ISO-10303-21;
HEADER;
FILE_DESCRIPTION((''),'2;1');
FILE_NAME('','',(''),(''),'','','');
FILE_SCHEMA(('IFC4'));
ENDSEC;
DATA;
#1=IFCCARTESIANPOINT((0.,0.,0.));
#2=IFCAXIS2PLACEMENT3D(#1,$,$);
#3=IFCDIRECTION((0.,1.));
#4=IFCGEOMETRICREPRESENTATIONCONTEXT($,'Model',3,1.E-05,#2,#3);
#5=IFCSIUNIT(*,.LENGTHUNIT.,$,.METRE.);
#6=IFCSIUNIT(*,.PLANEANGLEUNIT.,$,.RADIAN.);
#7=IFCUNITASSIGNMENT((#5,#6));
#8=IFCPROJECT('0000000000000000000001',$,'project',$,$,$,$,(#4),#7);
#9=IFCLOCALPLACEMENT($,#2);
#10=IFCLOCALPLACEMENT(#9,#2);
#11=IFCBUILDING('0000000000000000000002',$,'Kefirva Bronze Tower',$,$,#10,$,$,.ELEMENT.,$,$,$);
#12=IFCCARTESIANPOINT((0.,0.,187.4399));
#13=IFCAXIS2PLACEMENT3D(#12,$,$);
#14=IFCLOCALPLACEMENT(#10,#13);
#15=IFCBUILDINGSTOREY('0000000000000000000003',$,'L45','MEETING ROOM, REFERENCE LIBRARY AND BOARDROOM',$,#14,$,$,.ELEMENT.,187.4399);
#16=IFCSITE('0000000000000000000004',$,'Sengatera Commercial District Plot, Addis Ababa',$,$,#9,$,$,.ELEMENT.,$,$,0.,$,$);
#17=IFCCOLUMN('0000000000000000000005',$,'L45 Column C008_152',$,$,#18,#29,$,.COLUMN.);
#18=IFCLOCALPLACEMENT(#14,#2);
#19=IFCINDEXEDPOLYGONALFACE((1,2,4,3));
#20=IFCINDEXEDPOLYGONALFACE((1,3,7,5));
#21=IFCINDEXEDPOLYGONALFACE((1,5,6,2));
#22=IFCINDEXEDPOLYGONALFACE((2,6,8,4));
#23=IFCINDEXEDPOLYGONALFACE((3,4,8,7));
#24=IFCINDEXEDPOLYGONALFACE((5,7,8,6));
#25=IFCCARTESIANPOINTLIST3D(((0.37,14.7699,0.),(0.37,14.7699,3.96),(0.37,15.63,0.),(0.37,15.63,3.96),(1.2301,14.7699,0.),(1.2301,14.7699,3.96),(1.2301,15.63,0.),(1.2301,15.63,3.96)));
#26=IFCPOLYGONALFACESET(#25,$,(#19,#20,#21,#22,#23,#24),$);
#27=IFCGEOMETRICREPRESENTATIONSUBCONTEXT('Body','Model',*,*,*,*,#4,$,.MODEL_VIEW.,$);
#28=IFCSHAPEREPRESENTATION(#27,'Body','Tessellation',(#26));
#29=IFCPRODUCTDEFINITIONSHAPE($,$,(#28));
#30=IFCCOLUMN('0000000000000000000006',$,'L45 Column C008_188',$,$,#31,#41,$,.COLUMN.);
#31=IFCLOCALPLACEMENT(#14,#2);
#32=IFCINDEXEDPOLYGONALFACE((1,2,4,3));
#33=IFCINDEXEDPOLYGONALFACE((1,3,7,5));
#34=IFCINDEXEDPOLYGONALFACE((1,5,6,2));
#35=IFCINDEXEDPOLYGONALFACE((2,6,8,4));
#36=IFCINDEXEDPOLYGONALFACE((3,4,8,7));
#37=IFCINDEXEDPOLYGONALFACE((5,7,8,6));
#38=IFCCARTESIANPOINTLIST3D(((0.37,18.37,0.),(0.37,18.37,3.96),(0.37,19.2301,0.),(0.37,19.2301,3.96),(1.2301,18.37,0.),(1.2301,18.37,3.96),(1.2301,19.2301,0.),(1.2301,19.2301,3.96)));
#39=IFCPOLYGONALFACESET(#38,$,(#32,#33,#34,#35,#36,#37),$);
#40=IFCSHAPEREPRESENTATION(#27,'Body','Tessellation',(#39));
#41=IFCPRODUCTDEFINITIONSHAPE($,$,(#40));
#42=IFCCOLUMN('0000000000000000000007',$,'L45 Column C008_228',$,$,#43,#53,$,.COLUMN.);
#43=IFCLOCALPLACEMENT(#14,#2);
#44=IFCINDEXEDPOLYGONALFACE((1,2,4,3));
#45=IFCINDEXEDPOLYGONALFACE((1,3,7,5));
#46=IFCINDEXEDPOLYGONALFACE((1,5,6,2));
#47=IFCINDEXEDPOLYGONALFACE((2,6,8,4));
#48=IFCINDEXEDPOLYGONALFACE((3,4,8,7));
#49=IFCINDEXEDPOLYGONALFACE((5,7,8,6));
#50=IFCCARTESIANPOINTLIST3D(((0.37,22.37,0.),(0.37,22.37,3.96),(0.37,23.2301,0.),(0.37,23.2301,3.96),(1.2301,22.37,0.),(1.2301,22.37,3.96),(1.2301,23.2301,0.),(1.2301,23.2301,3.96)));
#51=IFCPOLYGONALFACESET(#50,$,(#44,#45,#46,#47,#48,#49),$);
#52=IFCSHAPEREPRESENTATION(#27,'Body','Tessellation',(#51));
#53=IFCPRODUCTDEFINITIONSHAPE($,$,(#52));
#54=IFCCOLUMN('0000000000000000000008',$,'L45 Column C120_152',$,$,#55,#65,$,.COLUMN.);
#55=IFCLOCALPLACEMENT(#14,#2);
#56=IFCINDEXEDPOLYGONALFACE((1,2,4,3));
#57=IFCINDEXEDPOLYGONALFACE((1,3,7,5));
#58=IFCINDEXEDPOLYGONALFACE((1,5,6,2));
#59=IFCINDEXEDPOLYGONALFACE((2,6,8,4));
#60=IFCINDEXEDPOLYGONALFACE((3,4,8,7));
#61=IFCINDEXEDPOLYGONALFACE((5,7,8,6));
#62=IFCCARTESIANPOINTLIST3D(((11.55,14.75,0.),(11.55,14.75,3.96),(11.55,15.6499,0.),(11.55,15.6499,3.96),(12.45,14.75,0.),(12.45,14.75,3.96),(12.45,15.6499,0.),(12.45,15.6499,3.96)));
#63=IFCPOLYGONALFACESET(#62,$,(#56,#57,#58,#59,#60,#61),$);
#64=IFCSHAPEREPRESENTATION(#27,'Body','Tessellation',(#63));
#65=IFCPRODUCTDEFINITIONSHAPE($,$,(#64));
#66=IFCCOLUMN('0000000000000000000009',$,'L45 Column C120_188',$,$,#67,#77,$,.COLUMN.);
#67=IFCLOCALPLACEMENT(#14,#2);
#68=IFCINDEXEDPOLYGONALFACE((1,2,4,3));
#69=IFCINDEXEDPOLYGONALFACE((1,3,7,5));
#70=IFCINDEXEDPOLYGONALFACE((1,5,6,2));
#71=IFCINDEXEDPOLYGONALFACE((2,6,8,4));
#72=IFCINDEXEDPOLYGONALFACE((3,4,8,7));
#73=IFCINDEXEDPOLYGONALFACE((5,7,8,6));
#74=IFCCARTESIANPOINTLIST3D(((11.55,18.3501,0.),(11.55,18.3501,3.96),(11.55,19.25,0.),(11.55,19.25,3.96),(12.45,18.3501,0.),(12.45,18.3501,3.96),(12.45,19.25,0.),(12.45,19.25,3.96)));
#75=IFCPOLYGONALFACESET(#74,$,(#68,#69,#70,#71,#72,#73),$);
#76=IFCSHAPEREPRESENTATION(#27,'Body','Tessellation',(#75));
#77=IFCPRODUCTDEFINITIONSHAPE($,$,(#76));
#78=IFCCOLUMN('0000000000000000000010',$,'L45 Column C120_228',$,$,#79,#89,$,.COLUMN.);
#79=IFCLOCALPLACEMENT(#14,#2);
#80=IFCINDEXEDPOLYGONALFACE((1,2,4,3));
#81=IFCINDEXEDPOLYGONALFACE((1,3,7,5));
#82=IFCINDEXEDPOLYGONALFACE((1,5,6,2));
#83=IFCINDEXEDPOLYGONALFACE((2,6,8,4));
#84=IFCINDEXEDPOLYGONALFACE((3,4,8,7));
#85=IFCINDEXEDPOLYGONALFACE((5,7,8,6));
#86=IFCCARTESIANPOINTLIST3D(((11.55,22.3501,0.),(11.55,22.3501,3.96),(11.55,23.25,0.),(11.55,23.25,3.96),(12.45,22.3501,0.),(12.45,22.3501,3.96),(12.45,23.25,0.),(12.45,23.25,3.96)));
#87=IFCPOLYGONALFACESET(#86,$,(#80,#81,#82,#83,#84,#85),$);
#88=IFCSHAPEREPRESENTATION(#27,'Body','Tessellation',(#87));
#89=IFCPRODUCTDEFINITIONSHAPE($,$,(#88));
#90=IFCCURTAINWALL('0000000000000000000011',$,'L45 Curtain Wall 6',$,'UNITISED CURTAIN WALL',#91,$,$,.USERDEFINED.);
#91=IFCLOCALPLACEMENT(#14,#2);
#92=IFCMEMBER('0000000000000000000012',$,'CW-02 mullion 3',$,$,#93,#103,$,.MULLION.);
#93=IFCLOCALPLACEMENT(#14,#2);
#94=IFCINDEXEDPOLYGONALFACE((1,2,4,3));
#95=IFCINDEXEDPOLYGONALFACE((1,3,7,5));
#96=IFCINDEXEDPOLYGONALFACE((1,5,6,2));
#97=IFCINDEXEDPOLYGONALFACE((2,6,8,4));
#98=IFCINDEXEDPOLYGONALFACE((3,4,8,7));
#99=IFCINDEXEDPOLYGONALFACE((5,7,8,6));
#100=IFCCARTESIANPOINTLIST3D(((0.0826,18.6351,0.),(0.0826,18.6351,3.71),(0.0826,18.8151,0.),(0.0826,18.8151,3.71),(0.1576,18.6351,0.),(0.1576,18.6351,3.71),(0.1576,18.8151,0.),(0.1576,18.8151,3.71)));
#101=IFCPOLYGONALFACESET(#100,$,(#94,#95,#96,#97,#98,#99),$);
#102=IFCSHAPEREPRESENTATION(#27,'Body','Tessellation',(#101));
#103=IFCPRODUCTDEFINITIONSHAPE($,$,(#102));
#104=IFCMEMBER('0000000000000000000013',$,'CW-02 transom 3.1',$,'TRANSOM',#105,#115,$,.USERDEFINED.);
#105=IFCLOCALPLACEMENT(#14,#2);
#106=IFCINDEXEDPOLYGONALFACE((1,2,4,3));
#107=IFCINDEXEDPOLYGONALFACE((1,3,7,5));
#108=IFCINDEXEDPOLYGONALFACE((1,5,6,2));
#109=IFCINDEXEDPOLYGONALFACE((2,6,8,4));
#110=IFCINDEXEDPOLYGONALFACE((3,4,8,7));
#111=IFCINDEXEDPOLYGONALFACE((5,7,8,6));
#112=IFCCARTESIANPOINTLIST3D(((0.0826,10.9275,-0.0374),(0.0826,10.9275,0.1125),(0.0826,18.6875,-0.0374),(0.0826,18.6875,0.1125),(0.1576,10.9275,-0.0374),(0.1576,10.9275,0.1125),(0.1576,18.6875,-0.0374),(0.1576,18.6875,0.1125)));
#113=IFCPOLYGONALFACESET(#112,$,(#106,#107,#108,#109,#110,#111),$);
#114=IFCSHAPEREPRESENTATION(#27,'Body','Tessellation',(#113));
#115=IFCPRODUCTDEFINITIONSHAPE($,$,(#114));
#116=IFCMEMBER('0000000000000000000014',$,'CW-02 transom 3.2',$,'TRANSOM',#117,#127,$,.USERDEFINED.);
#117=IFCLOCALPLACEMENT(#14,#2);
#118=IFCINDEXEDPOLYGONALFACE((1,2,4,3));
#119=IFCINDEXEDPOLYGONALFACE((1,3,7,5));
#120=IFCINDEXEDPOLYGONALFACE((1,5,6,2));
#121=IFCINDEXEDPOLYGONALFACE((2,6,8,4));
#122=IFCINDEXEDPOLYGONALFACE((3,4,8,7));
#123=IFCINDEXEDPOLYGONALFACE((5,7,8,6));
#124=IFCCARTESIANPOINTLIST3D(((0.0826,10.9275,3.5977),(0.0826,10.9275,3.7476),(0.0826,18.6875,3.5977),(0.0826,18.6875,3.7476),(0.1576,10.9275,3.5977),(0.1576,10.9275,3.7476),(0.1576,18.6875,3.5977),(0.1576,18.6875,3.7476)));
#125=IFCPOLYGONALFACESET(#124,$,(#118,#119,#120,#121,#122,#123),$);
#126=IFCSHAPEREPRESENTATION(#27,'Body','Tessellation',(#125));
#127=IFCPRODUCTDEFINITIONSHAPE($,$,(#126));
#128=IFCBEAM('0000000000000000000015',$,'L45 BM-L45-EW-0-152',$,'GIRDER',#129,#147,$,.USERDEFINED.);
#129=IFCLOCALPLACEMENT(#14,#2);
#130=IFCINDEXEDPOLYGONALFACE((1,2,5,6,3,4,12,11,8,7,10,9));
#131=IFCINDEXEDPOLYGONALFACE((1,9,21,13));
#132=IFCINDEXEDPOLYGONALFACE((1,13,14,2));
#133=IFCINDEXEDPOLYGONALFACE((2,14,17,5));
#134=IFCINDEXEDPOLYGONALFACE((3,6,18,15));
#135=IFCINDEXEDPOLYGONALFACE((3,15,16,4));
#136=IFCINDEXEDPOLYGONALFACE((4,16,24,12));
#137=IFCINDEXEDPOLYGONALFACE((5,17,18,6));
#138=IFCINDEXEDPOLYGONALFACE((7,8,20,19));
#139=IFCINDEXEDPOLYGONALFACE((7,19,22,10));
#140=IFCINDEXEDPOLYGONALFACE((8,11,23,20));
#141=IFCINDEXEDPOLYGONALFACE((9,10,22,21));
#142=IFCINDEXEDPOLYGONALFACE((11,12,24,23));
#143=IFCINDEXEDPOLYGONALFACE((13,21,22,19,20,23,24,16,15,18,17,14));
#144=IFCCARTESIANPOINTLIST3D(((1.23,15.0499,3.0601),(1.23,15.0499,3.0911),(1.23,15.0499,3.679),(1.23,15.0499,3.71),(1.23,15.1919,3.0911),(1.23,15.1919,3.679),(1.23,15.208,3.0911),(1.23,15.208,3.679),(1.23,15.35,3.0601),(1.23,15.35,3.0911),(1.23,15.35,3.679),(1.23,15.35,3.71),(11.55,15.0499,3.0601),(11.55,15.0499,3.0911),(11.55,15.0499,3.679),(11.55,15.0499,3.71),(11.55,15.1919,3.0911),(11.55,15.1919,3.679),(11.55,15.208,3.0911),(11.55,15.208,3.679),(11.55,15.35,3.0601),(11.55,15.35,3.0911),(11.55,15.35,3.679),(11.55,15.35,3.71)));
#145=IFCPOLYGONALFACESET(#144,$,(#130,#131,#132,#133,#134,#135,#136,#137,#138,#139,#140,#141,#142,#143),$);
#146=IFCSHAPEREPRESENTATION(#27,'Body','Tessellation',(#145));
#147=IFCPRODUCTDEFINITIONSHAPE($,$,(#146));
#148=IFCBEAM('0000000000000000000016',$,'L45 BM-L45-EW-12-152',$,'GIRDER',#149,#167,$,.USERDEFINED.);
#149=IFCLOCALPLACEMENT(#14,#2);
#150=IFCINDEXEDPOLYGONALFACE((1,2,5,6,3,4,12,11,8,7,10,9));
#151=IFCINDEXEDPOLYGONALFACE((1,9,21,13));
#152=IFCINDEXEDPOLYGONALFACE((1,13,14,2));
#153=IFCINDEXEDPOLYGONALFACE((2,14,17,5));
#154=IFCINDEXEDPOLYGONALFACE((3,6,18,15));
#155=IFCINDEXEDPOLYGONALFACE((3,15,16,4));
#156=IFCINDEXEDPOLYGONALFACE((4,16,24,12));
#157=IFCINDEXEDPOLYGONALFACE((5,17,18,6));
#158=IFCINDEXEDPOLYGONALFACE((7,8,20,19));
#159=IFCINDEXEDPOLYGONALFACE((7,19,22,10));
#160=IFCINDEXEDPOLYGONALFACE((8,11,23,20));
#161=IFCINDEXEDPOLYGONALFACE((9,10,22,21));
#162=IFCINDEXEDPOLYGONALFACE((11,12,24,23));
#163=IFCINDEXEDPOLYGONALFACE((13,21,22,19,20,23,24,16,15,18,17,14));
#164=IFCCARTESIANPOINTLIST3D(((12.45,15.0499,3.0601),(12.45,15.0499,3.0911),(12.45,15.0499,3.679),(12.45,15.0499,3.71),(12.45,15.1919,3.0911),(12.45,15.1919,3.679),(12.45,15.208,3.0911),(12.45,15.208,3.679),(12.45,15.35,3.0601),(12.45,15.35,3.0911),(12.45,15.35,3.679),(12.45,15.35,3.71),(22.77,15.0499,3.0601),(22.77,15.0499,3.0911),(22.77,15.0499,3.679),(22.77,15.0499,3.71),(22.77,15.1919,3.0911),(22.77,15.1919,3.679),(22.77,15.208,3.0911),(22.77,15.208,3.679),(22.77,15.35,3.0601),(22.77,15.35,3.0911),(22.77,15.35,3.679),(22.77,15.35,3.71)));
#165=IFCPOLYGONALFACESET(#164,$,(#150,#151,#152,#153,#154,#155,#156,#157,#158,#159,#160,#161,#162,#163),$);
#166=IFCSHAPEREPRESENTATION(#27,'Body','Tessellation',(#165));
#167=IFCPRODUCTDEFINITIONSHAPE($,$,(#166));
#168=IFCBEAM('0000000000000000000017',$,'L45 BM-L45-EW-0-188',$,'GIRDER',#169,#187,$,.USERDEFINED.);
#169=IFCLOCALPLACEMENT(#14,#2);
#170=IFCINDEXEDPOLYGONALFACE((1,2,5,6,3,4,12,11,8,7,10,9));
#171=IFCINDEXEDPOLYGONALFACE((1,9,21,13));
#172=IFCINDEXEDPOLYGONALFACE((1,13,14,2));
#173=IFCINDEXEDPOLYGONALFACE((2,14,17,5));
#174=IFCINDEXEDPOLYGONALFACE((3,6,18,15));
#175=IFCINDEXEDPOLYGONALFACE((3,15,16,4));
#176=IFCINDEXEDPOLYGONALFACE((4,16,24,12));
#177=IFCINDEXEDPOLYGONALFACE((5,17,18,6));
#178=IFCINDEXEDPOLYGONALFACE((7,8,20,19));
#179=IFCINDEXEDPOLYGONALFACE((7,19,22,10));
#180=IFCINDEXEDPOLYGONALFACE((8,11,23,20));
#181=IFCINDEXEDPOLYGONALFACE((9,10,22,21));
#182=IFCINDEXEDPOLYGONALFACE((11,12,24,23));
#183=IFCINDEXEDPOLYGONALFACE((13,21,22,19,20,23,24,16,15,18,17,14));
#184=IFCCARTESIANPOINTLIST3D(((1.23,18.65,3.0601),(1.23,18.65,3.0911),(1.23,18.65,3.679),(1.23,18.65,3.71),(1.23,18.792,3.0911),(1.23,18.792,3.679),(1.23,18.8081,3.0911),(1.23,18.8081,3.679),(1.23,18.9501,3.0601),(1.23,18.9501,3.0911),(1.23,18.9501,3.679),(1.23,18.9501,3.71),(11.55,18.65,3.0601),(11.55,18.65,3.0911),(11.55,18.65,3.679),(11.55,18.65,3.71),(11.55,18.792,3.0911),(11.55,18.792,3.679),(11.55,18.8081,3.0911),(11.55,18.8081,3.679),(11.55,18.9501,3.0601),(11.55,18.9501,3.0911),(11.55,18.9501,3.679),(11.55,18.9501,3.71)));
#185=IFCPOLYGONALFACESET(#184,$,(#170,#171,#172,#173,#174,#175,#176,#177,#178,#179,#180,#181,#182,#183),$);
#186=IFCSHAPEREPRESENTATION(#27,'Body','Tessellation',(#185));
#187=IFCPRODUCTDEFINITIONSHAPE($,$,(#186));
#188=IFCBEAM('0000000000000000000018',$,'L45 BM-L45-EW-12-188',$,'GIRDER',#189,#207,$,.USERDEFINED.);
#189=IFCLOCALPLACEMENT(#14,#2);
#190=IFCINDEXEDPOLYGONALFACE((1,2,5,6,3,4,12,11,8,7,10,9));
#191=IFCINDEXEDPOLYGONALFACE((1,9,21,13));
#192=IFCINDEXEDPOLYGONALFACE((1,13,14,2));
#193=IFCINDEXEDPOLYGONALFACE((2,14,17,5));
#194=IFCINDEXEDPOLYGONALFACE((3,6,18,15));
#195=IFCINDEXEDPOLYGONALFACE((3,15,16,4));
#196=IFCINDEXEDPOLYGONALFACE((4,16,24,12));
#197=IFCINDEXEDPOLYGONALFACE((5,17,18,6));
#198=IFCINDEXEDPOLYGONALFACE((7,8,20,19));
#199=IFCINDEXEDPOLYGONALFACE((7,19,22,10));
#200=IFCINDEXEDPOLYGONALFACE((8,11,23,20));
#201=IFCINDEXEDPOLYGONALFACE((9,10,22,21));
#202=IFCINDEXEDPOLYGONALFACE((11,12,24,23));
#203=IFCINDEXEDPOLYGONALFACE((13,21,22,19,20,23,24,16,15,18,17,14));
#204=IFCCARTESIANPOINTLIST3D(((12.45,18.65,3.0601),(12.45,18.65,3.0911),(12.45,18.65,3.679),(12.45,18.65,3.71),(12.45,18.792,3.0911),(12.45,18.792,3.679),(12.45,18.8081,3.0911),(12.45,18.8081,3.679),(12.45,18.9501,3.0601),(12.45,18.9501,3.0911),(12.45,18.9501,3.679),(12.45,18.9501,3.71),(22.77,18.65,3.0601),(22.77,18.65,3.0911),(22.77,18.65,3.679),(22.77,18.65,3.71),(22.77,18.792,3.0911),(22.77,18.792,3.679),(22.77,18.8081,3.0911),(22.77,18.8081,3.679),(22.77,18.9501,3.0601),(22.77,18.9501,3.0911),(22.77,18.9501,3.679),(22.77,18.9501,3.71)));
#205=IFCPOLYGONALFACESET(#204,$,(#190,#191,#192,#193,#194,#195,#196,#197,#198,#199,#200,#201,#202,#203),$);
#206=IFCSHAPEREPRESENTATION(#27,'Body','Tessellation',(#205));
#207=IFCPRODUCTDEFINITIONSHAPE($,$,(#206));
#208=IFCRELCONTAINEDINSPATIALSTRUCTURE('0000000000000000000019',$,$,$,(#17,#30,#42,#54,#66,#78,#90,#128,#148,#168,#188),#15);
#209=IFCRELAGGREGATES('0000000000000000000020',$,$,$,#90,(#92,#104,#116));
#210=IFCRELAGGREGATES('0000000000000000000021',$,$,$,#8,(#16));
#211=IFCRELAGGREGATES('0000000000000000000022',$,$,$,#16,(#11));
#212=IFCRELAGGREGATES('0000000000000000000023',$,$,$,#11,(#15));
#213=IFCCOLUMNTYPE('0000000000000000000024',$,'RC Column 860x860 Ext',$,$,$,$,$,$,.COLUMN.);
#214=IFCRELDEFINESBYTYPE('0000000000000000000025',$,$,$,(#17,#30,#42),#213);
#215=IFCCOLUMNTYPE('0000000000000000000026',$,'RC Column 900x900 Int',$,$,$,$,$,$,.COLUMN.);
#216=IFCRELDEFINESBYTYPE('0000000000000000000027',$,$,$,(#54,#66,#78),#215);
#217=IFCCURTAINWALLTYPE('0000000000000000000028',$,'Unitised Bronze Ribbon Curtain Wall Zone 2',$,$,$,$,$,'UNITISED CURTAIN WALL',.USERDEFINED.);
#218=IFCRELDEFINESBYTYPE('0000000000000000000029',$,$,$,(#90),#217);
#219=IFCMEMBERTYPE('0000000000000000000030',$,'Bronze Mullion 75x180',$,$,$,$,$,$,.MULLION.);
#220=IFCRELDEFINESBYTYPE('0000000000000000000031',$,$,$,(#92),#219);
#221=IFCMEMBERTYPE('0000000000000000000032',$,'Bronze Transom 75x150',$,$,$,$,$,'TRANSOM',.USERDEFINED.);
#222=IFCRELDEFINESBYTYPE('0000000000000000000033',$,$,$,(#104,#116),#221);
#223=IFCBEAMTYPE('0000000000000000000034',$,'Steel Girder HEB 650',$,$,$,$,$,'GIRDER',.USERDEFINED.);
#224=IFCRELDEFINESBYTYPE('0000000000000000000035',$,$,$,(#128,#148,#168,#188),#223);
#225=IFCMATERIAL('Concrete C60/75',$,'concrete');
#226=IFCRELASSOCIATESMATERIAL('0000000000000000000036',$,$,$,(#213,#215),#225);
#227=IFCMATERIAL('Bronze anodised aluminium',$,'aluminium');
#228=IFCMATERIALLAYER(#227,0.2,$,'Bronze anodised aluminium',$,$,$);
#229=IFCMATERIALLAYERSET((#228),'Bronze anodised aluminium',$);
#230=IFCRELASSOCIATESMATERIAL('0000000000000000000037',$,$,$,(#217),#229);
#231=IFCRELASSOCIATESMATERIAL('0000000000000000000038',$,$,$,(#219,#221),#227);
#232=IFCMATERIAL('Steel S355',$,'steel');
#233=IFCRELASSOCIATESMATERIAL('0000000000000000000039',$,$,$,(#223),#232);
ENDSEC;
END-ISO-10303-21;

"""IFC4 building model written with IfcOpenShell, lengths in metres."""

from ifc_helpers import new_model, si_unit, direction, frame, origin, origin_2d, place, context, subcontext, project, spatial, rectangle, i_section, extrude, material, layer, layer_set, material_profile, profile_set, type_object, element, aggregate, save


model = new_model("IFC4")

# Units and contexts
model_context = context("Model", 3, precision=1e-05, world=origin(), true_north=direction((0.0, 1.0)))
body_context = subcontext(model_context, "Body", "Model", "MODEL_VIEW")
ifc_project = project(units=[si_unit("LENGTHUNIT", "METRE"), si_unit("PLANEANGLEUNIT", "RADIAN")], contexts=[model_context])

# Site, building, storey
site_placement = place(None, origin())
site = spatial("IfcSite", under=ifc_project, at=site_placement, Name="Sengatera Commercial District Plot, Addis Ababa", CompositionType="ELEMENT", RefElevation=0.0)
building_placement = place(site_placement, origin())
building = spatial("IfcBuilding", under=site, at=building_placement, Name="Kefirva Bronze Tower", CompositionType="ELEMENT")
storey_placement = place(building_placement, frame((0.0, 0.0, 187.4399)))
storey = spatial("IfcBuildingStorey", under=building, at=storey_placement, Name="L45", Description="MEETING ROOM, REFERENCE LIBRARY AND BOARDROOM", CompositionType="ELEMENT", Elevation=187.4399)

# Columns
ifc_material_1 = material(Name="Concrete C60/75", Category="concrete")
ifc_material_profile_1 = material_profile(ifc_material_1, rectangle(XDim=0.8601, YDim=0.8601, at=origin_2d()), Name="RC 860x860")
ifc_profile_set_1 = profile_set([ifc_material_profile_1], Name="Concrete C60/75")
column_type_1 = type_object("IfcColumnType", Name="RC Column 860x860 Ext", PredefinedType="COLUMN", material=ifc_profile_set_1)
for number, where, z_axis, x_axis, name in (
    (1, (0.8, 15.2, 0.0), (0.0, 0.0, 1.0), (1.0, 0.0, 0.0), "L45 Column C008_152"),
    (2, (0.8, 18.8, 0.0), (0.0, 0.0, 1.0), (1.0, 0.0, 0.0), "L45 Column C008_188"),
    (3, (0.8, 22.8, 0.0), (0.0, 0.0, 1.0), (1.0, 0.0, 0.0), "L45 Column C008_228"),
):
    element("IfcColumn", number, at=place(storey_placement, frame(where, z_axis=z_axis, x_axis=x_axis)), inside=storey, type_object=column_type_1, Name=name, PredefinedType="COLUMN", context=body_context, shape_type="SweptSolid", body=[
        extrude(rectangle(XDim=0.8601, YDim=0.8601, at=origin_2d()), origin(), (0.0, 0.0, 1.0), 3.96),
    ])
ifc_material_profile_2 = material_profile(ifc_material_1, rectangle(XDim=0.8999, YDim=0.8999, at=origin_2d()), Name="RC 900x900")
ifc_profile_set_2 = profile_set([ifc_material_profile_2], Name="Concrete C60/75")
column_type_2 = type_object("IfcColumnType", Name="RC Column 900x900 Int", PredefinedType="COLUMN", material=ifc_profile_set_2)
for number, where, z_axis, x_axis, name in (
    (4, (12.0, 15.2, 0.0), (0.0, 0.0, 1.0), (1.0, 0.0, 0.0), "L45 Column C120_152"),
    (5, (12.0, 18.8, 0.0), (0.0, 0.0, 1.0), (1.0, 0.0, 0.0), "L45 Column C120_188"),
    (6, (12.0, 22.8, 0.0), (0.0, 0.0, 1.0), (1.0, 0.0, 0.0), "L45 Column C120_228"),
):
    element("IfcColumn", number, at=place(storey_placement, frame(where, z_axis=z_axis, x_axis=x_axis)), inside=storey, type_object=column_type_2, Name=name, PredefinedType="COLUMN", context=body_context, shape_type="SweptSolid", body=[
        extrude(rectangle(XDim=0.8999, YDim=0.8999, at=origin_2d()), origin(), (0.0, 0.0, 1.0), 3.96),
    ])

# Curtain wall, members
ifc_material_2 = material(Name="Bronze anodised aluminium", Category="aluminium")
ifc_layer_1 = layer(ifc_material_2, 0.2, Name="Bronze anodised aluminium")
ifc_layer_set_1 = layer_set([ifc_layer_1], Name="Bronze anodised aluminium")
curtain_wall_type = type_object("IfcCurtainWallType", Name="Unitised Bronze Ribbon Curtain Wall Zone 2", ElementType="UNITISED CURTAIN WALL", PredefinedType="USERDEFINED", material=ifc_layer_set_1)
curtain_wall_placement = place(storey_placement, origin())
curtain_wall = element("IfcCurtainWall", 7, at=curtain_wall_placement, inside=storey, type_object=curtain_wall_type, Name="L45 Curtain Wall 6", ObjectType="UNITISED CURTAIN WALL", PredefinedType="USERDEFINED")
ifc_material_profile_3 = material_profile(ifc_material_2, rectangle(XDim=0.075, YDim=0.1799, at=origin_2d()), Name="ALU 75x180")
ifc_profile_set_3 = profile_set([ifc_material_profile_3], Name="Bronze anodised aluminium")
member_type_1 = type_object("IfcMemberType", Name="Bronze Mullion 75x180", PredefinedType="MULLION", material=ifc_profile_set_3)
member_1_placement = place(storey_placement, frame((0.1201, 18.7251, 0.0), z_axis=(0.0, 0.0, 1.0), x_axis=(1.0, 0.0, 0.0)))
member_1 = element("IfcMember", 8, at=member_1_placement, type_object=member_type_1, Name="CW-02 mullion 3", PredefinedType="MULLION", context=body_context, shape_type="SweptSolid", body=[
    extrude(rectangle(XDim=0.075, YDim=0.1799, at=origin_2d()), origin(), (0.0, 0.0, 1.0), 3.71),
])
ifc_material_profile_4 = material_profile(ifc_material_2, rectangle(XDim=0.075, YDim=0.1499, at=origin_2d()), Name="ALU 75x150")
ifc_profile_set_4 = profile_set([ifc_material_profile_4], Name="Bronze anodised aluminium")
member_type_2 = type_object("IfcMemberType", Name="Bronze Transom 75x150", ElementType="TRANSOM", PredefinedType="USERDEFINED", material=ifc_profile_set_4)
member_2_placement = place(storey_placement, frame((0.1201, 18.6875, 0.0376), z_axis=(0.0, -1.0, 0.0), x_axis=(1.0, 0.0, 0.0)))
member_2 = element("IfcMember", 9, at=member_2_placement, type_object=member_type_2, Name="CW-02 transom 3.1", ObjectType="TRANSOM", PredefinedType="USERDEFINED", context=body_context, shape_type="SweptSolid", body=[
    extrude(rectangle(XDim=0.075, YDim=0.1499, at=origin_2d()), origin(), (0.0, 0.0, 1.0), 7.76),
])
member_3_placement = place(storey_placement, frame((0.1201, 18.6875, 3.6726), z_axis=(0.0, -1.0, 0.0), x_axis=(1.0, 0.0, 0.0)))
member_3 = element("IfcMember", 10, at=member_3_placement, type_object=member_type_2, Name="CW-02 transom 3.2", ObjectType="TRANSOM", PredefinedType="USERDEFINED", context=body_context, shape_type="SweptSolid", body=[
    extrude(rectangle(XDim=0.075, YDim=0.1499, at=origin_2d()), origin(), (0.0, 0.0, 1.0), 7.76),
])

# Beams
ifc_material_3 = material(Name="Steel S355", Category="steel")
ifc_material_profile_5 = material_profile(ifc_material_3, i_section(OverallWidth=0.3, OverallDepth=0.6499, WebThickness=0.0161, FlangeThickness=0.031, at=origin_2d()), Name="HEB 650")
ifc_profile_set_5 = profile_set([ifc_material_profile_5], Name="Steel S355")
beam_type_1 = type_object("IfcBeamType", Name="Steel Girder HEB 650", ElementType="GIRDER", PredefinedType="USERDEFINED", material=ifc_profile_set_5)
for number, where, z_axis, x_axis, name in (
    (11, (1.23, 15.2, 3.385), (1.0, 0.0, 0.0), (0.0, 1.0, 0.0), "L45 BM-L45-EW-0-152"),
    (12, (12.45, 15.2, 3.385), (1.0, 0.0, 0.0), (0.0, 1.0, 0.0), "L45 BM-L45-EW-12-152"),
    (13, (1.23, 18.8, 3.385), (1.0, 0.0, 0.0), (0.0, 1.0, 0.0), "L45 BM-L45-EW-0-188"),
    (14, (12.45, 18.8, 3.385), (1.0, 0.0, 0.0), (0.0, 1.0, 0.0), "L45 BM-L45-EW-12-188"),
):
    element("IfcBeam", number, at=place(storey_placement, frame(where, z_axis=z_axis, x_axis=x_axis)), inside=storey, type_object=beam_type_1, Name=name, ObjectType="GIRDER", PredefinedType="USERDEFINED", context=body_context, shape_type="SweptSolid", body=[
        extrude(i_section(OverallWidth=0.3, OverallDepth=0.6499, WebThickness=0.0161, FlangeThickness=0.031, at=origin_2d()), origin(), (0.0, 0.0, 1.0), 10.3201),
    ])

aggregate(curtain_wall, [member_1, member_2, member_3])

save(model, "model.ifc")
